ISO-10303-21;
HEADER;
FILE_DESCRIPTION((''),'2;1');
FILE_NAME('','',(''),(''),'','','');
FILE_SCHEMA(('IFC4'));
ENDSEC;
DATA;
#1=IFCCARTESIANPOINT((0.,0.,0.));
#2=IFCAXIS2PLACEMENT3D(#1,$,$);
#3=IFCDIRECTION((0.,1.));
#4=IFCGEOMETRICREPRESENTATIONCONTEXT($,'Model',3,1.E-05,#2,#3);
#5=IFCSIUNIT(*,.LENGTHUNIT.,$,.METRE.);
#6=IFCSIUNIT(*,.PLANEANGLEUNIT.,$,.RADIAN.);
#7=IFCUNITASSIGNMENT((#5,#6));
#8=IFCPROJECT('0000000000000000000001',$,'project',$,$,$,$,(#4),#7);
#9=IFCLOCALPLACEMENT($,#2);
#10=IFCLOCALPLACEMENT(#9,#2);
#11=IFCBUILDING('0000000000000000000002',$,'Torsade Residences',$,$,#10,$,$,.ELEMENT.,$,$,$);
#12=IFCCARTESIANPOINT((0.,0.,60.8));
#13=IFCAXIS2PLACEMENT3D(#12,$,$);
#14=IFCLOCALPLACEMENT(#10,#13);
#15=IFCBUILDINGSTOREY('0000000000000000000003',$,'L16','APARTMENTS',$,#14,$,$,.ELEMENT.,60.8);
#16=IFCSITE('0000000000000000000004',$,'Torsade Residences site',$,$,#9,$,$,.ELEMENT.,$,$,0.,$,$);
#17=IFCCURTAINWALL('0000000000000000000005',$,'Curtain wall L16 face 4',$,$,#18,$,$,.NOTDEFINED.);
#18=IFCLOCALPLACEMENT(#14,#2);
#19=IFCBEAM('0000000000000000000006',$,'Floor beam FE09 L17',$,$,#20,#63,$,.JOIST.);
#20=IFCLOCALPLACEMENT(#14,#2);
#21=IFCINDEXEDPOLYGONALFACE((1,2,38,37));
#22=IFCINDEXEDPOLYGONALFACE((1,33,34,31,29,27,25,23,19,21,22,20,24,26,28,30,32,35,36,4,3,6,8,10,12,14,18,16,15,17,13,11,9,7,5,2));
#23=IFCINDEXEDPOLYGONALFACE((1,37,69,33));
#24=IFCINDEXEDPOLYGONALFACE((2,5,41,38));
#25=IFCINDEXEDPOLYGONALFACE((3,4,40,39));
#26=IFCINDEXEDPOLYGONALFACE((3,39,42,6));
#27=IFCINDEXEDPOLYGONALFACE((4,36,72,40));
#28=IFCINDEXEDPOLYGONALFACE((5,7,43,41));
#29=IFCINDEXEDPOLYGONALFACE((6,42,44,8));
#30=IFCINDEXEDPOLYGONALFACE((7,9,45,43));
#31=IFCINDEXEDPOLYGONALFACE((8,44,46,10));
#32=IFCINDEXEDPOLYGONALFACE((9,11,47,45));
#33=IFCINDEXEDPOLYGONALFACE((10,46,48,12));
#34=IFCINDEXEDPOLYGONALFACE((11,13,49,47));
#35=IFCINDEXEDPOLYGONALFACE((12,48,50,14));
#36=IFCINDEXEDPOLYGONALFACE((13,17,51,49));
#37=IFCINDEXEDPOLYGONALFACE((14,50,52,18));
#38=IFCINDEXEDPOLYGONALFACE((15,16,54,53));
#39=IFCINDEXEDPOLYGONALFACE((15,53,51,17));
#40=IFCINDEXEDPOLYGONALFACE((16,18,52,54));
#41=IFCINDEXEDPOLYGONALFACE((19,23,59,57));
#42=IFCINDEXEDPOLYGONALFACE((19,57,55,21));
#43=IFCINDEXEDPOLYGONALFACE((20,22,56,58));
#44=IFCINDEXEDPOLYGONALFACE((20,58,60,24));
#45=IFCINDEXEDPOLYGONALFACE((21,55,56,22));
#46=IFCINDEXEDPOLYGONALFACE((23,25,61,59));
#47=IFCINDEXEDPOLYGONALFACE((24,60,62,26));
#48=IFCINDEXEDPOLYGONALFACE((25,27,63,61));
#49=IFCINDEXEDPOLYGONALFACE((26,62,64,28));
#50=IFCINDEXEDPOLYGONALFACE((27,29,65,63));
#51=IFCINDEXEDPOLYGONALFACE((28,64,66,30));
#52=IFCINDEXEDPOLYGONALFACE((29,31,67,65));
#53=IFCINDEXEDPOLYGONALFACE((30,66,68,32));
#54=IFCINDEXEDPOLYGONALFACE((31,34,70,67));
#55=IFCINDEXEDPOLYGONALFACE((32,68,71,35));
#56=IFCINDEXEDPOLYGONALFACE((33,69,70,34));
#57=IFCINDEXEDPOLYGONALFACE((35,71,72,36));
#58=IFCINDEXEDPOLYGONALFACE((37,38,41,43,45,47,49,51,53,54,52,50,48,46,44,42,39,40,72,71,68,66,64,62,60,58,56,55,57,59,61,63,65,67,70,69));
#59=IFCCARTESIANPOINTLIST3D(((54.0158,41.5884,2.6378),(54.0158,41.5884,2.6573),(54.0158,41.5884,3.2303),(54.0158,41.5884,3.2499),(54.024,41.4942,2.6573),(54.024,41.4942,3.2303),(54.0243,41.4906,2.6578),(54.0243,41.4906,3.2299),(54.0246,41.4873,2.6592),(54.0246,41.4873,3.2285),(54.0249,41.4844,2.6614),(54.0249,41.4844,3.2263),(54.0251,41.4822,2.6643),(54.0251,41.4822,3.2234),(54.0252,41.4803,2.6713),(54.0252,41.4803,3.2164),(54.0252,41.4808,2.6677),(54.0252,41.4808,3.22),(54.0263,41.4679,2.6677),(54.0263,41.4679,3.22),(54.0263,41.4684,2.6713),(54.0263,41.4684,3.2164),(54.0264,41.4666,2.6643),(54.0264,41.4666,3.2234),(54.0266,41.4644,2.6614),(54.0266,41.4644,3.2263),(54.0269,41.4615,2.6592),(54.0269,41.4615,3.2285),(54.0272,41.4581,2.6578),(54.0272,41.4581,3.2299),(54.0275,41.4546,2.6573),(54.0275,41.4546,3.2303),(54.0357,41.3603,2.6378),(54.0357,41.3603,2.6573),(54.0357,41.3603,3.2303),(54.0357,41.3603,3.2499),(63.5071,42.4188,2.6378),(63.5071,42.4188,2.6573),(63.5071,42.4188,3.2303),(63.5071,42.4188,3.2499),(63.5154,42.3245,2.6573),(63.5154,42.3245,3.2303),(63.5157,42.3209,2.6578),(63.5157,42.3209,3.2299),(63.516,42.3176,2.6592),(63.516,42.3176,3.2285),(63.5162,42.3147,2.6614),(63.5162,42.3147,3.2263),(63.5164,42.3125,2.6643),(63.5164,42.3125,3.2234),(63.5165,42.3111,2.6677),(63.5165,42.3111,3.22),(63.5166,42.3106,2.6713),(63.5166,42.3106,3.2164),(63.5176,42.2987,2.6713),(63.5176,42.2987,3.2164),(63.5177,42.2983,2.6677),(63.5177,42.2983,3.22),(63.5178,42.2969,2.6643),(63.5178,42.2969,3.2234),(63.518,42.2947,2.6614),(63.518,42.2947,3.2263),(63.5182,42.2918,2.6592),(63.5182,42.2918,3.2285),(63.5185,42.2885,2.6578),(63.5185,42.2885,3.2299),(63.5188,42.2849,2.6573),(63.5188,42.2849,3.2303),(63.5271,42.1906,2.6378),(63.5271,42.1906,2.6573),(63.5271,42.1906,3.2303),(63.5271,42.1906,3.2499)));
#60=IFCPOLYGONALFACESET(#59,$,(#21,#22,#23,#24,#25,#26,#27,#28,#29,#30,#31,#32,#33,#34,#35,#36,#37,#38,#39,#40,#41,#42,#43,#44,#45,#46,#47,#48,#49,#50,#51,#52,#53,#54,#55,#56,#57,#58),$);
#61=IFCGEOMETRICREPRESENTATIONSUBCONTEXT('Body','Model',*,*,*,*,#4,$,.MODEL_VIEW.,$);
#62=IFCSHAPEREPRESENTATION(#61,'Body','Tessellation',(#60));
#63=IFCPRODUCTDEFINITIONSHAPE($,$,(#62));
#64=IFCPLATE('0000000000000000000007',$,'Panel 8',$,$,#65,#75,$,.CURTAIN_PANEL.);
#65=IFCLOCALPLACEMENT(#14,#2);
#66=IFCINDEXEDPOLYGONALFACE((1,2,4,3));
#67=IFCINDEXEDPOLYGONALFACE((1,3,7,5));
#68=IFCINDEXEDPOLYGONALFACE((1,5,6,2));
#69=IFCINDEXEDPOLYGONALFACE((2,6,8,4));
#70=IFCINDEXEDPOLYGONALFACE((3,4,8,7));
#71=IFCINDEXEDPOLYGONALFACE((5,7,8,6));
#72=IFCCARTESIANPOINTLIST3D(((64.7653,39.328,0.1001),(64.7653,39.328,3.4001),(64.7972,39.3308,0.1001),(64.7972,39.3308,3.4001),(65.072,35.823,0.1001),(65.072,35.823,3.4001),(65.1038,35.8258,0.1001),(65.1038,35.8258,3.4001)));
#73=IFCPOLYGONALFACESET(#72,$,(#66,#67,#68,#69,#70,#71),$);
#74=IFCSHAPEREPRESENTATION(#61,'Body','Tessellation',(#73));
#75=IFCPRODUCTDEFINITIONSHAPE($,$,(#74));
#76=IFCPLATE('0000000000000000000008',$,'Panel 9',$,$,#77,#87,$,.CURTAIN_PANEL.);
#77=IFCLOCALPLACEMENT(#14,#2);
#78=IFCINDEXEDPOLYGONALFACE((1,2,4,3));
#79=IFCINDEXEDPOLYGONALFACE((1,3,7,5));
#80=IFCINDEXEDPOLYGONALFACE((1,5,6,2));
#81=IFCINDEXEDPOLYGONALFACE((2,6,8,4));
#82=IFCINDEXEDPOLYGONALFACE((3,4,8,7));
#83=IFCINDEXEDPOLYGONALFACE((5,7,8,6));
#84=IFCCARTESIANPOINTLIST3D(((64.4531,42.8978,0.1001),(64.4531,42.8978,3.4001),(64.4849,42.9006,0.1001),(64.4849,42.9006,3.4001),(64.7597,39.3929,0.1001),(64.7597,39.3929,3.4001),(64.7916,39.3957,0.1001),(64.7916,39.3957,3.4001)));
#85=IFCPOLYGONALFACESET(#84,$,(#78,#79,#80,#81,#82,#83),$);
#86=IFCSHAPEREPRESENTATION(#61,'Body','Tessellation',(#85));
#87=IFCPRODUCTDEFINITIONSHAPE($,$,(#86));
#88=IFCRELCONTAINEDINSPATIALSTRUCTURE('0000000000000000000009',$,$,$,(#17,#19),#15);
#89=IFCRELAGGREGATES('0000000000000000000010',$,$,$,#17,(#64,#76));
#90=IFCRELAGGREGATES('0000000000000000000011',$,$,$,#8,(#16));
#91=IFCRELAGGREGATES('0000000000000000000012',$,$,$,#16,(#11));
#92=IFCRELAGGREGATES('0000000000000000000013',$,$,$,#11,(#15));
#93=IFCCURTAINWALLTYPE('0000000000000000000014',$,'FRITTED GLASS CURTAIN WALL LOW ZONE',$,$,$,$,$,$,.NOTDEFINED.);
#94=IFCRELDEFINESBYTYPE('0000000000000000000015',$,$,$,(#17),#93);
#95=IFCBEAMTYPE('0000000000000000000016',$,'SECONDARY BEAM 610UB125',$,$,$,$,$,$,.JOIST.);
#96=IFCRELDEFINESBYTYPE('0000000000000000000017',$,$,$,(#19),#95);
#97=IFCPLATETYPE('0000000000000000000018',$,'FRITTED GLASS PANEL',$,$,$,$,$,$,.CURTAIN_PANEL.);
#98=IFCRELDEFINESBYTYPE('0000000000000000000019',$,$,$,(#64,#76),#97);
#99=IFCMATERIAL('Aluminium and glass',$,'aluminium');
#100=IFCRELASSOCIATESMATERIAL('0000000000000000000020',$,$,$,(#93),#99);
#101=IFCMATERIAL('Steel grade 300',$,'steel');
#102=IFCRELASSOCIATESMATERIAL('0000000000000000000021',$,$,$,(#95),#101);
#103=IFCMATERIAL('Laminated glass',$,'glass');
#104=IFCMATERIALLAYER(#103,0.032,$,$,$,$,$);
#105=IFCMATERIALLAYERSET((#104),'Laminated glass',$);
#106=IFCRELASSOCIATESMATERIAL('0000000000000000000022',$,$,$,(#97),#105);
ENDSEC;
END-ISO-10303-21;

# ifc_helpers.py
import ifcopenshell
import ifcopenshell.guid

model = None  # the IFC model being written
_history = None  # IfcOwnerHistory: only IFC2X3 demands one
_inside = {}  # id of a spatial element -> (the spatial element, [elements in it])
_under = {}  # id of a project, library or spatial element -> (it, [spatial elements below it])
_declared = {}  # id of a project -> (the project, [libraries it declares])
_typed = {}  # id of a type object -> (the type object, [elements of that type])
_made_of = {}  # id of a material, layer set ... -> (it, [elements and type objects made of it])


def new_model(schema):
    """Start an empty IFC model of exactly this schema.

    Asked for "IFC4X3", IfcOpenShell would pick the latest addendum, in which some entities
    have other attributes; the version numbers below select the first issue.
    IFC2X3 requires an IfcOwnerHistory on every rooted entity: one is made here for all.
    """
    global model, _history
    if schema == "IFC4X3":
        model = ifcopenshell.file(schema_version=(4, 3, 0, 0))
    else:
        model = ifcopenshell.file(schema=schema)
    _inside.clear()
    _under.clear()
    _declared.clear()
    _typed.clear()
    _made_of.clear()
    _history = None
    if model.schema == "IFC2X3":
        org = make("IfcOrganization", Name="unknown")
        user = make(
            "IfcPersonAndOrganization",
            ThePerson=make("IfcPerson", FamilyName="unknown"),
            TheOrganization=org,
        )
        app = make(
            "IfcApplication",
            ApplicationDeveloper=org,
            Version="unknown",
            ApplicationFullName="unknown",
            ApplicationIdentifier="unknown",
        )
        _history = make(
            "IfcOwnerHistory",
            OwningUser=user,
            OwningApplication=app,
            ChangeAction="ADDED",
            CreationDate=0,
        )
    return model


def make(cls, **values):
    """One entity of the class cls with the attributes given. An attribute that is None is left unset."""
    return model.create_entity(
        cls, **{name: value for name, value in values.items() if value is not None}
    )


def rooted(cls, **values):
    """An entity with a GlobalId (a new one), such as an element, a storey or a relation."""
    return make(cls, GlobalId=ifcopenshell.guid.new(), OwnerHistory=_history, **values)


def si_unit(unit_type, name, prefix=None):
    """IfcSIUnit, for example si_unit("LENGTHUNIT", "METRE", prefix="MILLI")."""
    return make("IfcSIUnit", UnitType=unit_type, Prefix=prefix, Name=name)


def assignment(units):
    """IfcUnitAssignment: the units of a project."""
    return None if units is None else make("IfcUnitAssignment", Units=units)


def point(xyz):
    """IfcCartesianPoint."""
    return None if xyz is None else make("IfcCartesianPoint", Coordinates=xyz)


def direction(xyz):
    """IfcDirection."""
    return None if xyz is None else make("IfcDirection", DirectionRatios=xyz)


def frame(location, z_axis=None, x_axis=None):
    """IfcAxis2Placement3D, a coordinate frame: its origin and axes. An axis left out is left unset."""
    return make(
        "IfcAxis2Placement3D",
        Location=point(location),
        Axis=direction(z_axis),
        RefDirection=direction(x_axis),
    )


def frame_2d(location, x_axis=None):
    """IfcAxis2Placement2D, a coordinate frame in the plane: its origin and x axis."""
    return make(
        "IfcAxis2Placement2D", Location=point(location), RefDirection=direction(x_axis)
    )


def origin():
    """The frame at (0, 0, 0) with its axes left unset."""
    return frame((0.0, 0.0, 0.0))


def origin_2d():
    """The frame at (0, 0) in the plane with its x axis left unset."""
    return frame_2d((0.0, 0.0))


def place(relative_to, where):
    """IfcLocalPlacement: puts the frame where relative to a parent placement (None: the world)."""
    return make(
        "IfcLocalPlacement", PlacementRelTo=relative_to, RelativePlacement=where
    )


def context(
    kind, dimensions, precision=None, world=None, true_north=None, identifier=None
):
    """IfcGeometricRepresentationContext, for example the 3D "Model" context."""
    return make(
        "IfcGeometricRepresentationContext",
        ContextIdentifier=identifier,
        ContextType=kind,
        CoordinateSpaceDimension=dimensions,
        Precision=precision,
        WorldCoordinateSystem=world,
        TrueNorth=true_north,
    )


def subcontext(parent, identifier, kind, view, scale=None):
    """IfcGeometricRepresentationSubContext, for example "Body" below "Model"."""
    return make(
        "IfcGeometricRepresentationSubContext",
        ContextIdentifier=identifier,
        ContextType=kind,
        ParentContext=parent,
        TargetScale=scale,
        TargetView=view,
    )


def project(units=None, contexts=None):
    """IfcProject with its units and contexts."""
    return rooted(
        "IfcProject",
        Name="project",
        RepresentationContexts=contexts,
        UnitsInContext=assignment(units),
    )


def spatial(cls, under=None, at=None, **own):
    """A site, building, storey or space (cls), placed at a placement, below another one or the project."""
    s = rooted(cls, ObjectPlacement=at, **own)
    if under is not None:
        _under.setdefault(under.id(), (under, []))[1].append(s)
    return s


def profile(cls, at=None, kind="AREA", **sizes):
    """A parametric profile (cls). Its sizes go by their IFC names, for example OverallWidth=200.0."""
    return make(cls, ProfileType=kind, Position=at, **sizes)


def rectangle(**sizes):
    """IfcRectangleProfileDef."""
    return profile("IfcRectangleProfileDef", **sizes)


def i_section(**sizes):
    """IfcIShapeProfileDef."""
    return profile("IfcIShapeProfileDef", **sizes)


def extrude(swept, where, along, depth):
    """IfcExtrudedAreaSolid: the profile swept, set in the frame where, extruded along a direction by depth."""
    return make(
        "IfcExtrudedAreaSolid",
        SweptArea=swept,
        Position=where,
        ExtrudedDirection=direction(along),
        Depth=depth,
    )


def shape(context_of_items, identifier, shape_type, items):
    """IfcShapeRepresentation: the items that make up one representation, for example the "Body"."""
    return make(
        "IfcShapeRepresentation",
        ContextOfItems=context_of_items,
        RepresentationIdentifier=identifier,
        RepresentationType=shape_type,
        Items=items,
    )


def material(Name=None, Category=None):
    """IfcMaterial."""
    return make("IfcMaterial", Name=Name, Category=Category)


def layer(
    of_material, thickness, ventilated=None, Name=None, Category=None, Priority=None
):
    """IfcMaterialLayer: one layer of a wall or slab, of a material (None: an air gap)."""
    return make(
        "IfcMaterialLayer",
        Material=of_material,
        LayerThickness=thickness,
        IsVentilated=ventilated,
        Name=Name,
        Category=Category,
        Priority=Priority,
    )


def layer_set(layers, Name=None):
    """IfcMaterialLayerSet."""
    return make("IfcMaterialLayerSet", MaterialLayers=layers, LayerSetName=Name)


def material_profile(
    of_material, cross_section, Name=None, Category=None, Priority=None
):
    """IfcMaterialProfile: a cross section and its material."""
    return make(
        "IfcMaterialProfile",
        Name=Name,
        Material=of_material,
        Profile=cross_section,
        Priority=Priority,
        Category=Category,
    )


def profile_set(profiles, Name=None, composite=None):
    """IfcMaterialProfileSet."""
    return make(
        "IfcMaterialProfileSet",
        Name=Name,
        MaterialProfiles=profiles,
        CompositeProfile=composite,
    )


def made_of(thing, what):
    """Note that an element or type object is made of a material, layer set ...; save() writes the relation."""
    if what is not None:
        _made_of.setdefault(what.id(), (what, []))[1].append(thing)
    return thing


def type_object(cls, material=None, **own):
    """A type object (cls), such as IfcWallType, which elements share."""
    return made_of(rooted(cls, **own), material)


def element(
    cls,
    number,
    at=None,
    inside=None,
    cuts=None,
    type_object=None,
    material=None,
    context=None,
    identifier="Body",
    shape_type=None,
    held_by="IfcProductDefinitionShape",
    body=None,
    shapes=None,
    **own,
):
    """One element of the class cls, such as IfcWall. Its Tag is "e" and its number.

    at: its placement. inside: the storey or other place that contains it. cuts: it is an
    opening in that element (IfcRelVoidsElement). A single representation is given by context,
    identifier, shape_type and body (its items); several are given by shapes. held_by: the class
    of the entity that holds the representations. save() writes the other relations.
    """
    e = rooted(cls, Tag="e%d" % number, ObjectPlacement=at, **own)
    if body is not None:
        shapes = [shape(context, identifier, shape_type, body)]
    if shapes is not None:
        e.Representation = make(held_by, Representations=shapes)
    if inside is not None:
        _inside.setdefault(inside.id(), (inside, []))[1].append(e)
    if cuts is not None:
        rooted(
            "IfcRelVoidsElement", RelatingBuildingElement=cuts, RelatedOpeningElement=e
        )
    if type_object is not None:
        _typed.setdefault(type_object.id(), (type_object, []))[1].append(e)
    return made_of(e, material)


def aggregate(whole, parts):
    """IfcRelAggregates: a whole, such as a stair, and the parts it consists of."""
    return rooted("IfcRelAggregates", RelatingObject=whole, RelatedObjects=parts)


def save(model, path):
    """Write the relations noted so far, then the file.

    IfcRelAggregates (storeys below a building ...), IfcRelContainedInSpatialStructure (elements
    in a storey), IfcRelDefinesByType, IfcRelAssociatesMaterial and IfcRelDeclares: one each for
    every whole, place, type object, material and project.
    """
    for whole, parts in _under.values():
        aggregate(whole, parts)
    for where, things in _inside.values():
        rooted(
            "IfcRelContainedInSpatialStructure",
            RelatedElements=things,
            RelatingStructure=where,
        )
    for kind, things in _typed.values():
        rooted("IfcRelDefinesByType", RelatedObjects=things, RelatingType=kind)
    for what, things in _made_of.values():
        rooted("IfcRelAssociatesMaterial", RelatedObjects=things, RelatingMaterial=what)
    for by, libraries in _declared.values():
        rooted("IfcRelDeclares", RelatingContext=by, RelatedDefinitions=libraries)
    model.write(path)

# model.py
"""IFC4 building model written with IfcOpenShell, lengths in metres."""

from ifc_helpers import new_model, si_unit, direction, frame, origin, origin_2d, place, context, subcontext, project, spatial, rectangle, i_section, extrude, material, layer, layer_set, material_profile, profile_set, type_object, element, aggregate, save


model = new_model("IFC4")

# Units and contexts
model_context = context("Model", 3, precision=1e-05, world=origin(), true_north=direction((0.0, 1.0)))
body_context = subcontext(model_context, "Body", "Model", "MODEL_VIEW")
ifc_project = project(units=[si_unit("LENGTHUNIT", "METRE"), si_unit("PLANEANGLEUNIT", "RADIAN")], contexts=[model_context])

# Site, building, storey
site_placement = place(None, origin())
site = spatial("IfcSite", under=ifc_project, at=site_placement, Name="Torsade Residences site", CompositionType="ELEMENT", RefElevation=0.0)
building_placement = place(site_placement, origin())
building = spatial("IfcBuilding", under=site, at=building_placement, Name="Torsade Residences", CompositionType="ELEMENT")
storey_placement = place(building_placement, frame((0.0, 0.0, 60.8)))
storey = spatial("IfcBuildingStorey", under=building, at=storey_placement, Name="L16", Description="APARTMENTS", CompositionType="ELEMENT", Elevation=60.8)

# Curtain wall
ifc_material_1 = material(Name="Aluminium and glass", Category="aluminium")
curtain_wall_type = type_object("IfcCurtainWallType", Name="FRITTED GLASS CURTAIN WALL LOW ZONE", PredefinedType="NOTDEFINED", material=ifc_material_1)
curtain_wall_placement = place(storey_placement, origin())
curtain_wall = element("IfcCurtainWall", 1, at=curtain_wall_placement, inside=storey, type_object=curtain_wall_type, Name="Curtain wall L16 face 4", PredefinedType="NOTDEFINED")

# Beam
ifc_material_2 = material(Name="Steel grade 300", Category="steel")
ifc_material_profile_1 = material_profile(ifc_material_2, i_section(OverallWidth=0.229, OverallDepth=0.6121, WebThickness=0.012, FlangeThickness=0.0195, FilletRadius=0.0139, at=origin_2d()), Name="610UB125")
ifc_profile_set_1 = profile_set([ifc_material_profile_1], Name="Steel grade 300")
beam_type_1 = type_object("IfcBeamType", Name="SECONDARY BEAM 610UB125", PredefinedType="JOIST", material=ifc_profile_set_1)
beam_1_placement = place(storey_placement, frame((63.5171, 42.3047, 2.9438), z_axis=(-0.996195, -0.087148, 0.0), x_axis=(0.087148, -0.996195, 0.0)))
element("IfcBeam", 2, at=beam_1_placement, inside=storey, type_object=beam_type_1, Name="Floor beam FE09 L17", PredefinedType="JOIST", context=body_context, shape_type="SweptSolid", body=[
    extrude(i_section(OverallWidth=0.229, OverallDepth=0.6121, WebThickness=0.012, FlangeThickness=0.0195, FilletRadius=0.0139, at=origin_2d()), origin(), (0.0, 0.0, 1.0), 9.5276),
])

# Plates
ifc_material_3 = material(Name="Laminated glass", Category="glass")
ifc_layer_1 = layer(ifc_material_3, 0.032)
ifc_layer_set_1 = layer_set([ifc_layer_1], Name="Laminated glass")
plate_type = type_object("IfcPlateType", Name="FRITTED GLASS PANEL", PredefinedType="CURTAIN_PANEL", material=ifc_layer_set_1)
plate_1_placement = place(storey_placement, frame((64.9346, 37.5769, 0.1001), z_axis=(0.0, 0.0, 1.0), x_axis=(-0.087156, 0.996195, 0.0)))
plate_1 = element("IfcPlate", 3, at=plate_1_placement, type_object=plate_type, Name="Panel 8", PredefinedType="CURTAIN_PANEL", context=body_context, shape_type="SweptSolid", body=[
    extrude(rectangle(XDim=3.5183, YDim=0.032, at=origin_2d()), origin(), (0.0, 0.0, 1.0), 3.3),
])
plate_2_placement = place(storey_placement, frame((64.6223, 41.1467, 0.1001), z_axis=(0.0, 0.0, 1.0), x_axis=(-0.087156, 0.996195, 0.0)))
plate_2 = element("IfcPlate", 4, at=plate_2_placement, type_object=plate_type, Name="Panel 9", PredefinedType="CURTAIN_PANEL", context=body_context, shape_type="SweptSolid", body=[
    extrude(rectangle(XDim=3.5183, YDim=0.032, at=origin_2d()), origin(), (0.0, 0.0, 1.0), 3.3),
])
aggregate(curtain_wall, [plate_1, plate_2])

save(model, "model.ifc")
